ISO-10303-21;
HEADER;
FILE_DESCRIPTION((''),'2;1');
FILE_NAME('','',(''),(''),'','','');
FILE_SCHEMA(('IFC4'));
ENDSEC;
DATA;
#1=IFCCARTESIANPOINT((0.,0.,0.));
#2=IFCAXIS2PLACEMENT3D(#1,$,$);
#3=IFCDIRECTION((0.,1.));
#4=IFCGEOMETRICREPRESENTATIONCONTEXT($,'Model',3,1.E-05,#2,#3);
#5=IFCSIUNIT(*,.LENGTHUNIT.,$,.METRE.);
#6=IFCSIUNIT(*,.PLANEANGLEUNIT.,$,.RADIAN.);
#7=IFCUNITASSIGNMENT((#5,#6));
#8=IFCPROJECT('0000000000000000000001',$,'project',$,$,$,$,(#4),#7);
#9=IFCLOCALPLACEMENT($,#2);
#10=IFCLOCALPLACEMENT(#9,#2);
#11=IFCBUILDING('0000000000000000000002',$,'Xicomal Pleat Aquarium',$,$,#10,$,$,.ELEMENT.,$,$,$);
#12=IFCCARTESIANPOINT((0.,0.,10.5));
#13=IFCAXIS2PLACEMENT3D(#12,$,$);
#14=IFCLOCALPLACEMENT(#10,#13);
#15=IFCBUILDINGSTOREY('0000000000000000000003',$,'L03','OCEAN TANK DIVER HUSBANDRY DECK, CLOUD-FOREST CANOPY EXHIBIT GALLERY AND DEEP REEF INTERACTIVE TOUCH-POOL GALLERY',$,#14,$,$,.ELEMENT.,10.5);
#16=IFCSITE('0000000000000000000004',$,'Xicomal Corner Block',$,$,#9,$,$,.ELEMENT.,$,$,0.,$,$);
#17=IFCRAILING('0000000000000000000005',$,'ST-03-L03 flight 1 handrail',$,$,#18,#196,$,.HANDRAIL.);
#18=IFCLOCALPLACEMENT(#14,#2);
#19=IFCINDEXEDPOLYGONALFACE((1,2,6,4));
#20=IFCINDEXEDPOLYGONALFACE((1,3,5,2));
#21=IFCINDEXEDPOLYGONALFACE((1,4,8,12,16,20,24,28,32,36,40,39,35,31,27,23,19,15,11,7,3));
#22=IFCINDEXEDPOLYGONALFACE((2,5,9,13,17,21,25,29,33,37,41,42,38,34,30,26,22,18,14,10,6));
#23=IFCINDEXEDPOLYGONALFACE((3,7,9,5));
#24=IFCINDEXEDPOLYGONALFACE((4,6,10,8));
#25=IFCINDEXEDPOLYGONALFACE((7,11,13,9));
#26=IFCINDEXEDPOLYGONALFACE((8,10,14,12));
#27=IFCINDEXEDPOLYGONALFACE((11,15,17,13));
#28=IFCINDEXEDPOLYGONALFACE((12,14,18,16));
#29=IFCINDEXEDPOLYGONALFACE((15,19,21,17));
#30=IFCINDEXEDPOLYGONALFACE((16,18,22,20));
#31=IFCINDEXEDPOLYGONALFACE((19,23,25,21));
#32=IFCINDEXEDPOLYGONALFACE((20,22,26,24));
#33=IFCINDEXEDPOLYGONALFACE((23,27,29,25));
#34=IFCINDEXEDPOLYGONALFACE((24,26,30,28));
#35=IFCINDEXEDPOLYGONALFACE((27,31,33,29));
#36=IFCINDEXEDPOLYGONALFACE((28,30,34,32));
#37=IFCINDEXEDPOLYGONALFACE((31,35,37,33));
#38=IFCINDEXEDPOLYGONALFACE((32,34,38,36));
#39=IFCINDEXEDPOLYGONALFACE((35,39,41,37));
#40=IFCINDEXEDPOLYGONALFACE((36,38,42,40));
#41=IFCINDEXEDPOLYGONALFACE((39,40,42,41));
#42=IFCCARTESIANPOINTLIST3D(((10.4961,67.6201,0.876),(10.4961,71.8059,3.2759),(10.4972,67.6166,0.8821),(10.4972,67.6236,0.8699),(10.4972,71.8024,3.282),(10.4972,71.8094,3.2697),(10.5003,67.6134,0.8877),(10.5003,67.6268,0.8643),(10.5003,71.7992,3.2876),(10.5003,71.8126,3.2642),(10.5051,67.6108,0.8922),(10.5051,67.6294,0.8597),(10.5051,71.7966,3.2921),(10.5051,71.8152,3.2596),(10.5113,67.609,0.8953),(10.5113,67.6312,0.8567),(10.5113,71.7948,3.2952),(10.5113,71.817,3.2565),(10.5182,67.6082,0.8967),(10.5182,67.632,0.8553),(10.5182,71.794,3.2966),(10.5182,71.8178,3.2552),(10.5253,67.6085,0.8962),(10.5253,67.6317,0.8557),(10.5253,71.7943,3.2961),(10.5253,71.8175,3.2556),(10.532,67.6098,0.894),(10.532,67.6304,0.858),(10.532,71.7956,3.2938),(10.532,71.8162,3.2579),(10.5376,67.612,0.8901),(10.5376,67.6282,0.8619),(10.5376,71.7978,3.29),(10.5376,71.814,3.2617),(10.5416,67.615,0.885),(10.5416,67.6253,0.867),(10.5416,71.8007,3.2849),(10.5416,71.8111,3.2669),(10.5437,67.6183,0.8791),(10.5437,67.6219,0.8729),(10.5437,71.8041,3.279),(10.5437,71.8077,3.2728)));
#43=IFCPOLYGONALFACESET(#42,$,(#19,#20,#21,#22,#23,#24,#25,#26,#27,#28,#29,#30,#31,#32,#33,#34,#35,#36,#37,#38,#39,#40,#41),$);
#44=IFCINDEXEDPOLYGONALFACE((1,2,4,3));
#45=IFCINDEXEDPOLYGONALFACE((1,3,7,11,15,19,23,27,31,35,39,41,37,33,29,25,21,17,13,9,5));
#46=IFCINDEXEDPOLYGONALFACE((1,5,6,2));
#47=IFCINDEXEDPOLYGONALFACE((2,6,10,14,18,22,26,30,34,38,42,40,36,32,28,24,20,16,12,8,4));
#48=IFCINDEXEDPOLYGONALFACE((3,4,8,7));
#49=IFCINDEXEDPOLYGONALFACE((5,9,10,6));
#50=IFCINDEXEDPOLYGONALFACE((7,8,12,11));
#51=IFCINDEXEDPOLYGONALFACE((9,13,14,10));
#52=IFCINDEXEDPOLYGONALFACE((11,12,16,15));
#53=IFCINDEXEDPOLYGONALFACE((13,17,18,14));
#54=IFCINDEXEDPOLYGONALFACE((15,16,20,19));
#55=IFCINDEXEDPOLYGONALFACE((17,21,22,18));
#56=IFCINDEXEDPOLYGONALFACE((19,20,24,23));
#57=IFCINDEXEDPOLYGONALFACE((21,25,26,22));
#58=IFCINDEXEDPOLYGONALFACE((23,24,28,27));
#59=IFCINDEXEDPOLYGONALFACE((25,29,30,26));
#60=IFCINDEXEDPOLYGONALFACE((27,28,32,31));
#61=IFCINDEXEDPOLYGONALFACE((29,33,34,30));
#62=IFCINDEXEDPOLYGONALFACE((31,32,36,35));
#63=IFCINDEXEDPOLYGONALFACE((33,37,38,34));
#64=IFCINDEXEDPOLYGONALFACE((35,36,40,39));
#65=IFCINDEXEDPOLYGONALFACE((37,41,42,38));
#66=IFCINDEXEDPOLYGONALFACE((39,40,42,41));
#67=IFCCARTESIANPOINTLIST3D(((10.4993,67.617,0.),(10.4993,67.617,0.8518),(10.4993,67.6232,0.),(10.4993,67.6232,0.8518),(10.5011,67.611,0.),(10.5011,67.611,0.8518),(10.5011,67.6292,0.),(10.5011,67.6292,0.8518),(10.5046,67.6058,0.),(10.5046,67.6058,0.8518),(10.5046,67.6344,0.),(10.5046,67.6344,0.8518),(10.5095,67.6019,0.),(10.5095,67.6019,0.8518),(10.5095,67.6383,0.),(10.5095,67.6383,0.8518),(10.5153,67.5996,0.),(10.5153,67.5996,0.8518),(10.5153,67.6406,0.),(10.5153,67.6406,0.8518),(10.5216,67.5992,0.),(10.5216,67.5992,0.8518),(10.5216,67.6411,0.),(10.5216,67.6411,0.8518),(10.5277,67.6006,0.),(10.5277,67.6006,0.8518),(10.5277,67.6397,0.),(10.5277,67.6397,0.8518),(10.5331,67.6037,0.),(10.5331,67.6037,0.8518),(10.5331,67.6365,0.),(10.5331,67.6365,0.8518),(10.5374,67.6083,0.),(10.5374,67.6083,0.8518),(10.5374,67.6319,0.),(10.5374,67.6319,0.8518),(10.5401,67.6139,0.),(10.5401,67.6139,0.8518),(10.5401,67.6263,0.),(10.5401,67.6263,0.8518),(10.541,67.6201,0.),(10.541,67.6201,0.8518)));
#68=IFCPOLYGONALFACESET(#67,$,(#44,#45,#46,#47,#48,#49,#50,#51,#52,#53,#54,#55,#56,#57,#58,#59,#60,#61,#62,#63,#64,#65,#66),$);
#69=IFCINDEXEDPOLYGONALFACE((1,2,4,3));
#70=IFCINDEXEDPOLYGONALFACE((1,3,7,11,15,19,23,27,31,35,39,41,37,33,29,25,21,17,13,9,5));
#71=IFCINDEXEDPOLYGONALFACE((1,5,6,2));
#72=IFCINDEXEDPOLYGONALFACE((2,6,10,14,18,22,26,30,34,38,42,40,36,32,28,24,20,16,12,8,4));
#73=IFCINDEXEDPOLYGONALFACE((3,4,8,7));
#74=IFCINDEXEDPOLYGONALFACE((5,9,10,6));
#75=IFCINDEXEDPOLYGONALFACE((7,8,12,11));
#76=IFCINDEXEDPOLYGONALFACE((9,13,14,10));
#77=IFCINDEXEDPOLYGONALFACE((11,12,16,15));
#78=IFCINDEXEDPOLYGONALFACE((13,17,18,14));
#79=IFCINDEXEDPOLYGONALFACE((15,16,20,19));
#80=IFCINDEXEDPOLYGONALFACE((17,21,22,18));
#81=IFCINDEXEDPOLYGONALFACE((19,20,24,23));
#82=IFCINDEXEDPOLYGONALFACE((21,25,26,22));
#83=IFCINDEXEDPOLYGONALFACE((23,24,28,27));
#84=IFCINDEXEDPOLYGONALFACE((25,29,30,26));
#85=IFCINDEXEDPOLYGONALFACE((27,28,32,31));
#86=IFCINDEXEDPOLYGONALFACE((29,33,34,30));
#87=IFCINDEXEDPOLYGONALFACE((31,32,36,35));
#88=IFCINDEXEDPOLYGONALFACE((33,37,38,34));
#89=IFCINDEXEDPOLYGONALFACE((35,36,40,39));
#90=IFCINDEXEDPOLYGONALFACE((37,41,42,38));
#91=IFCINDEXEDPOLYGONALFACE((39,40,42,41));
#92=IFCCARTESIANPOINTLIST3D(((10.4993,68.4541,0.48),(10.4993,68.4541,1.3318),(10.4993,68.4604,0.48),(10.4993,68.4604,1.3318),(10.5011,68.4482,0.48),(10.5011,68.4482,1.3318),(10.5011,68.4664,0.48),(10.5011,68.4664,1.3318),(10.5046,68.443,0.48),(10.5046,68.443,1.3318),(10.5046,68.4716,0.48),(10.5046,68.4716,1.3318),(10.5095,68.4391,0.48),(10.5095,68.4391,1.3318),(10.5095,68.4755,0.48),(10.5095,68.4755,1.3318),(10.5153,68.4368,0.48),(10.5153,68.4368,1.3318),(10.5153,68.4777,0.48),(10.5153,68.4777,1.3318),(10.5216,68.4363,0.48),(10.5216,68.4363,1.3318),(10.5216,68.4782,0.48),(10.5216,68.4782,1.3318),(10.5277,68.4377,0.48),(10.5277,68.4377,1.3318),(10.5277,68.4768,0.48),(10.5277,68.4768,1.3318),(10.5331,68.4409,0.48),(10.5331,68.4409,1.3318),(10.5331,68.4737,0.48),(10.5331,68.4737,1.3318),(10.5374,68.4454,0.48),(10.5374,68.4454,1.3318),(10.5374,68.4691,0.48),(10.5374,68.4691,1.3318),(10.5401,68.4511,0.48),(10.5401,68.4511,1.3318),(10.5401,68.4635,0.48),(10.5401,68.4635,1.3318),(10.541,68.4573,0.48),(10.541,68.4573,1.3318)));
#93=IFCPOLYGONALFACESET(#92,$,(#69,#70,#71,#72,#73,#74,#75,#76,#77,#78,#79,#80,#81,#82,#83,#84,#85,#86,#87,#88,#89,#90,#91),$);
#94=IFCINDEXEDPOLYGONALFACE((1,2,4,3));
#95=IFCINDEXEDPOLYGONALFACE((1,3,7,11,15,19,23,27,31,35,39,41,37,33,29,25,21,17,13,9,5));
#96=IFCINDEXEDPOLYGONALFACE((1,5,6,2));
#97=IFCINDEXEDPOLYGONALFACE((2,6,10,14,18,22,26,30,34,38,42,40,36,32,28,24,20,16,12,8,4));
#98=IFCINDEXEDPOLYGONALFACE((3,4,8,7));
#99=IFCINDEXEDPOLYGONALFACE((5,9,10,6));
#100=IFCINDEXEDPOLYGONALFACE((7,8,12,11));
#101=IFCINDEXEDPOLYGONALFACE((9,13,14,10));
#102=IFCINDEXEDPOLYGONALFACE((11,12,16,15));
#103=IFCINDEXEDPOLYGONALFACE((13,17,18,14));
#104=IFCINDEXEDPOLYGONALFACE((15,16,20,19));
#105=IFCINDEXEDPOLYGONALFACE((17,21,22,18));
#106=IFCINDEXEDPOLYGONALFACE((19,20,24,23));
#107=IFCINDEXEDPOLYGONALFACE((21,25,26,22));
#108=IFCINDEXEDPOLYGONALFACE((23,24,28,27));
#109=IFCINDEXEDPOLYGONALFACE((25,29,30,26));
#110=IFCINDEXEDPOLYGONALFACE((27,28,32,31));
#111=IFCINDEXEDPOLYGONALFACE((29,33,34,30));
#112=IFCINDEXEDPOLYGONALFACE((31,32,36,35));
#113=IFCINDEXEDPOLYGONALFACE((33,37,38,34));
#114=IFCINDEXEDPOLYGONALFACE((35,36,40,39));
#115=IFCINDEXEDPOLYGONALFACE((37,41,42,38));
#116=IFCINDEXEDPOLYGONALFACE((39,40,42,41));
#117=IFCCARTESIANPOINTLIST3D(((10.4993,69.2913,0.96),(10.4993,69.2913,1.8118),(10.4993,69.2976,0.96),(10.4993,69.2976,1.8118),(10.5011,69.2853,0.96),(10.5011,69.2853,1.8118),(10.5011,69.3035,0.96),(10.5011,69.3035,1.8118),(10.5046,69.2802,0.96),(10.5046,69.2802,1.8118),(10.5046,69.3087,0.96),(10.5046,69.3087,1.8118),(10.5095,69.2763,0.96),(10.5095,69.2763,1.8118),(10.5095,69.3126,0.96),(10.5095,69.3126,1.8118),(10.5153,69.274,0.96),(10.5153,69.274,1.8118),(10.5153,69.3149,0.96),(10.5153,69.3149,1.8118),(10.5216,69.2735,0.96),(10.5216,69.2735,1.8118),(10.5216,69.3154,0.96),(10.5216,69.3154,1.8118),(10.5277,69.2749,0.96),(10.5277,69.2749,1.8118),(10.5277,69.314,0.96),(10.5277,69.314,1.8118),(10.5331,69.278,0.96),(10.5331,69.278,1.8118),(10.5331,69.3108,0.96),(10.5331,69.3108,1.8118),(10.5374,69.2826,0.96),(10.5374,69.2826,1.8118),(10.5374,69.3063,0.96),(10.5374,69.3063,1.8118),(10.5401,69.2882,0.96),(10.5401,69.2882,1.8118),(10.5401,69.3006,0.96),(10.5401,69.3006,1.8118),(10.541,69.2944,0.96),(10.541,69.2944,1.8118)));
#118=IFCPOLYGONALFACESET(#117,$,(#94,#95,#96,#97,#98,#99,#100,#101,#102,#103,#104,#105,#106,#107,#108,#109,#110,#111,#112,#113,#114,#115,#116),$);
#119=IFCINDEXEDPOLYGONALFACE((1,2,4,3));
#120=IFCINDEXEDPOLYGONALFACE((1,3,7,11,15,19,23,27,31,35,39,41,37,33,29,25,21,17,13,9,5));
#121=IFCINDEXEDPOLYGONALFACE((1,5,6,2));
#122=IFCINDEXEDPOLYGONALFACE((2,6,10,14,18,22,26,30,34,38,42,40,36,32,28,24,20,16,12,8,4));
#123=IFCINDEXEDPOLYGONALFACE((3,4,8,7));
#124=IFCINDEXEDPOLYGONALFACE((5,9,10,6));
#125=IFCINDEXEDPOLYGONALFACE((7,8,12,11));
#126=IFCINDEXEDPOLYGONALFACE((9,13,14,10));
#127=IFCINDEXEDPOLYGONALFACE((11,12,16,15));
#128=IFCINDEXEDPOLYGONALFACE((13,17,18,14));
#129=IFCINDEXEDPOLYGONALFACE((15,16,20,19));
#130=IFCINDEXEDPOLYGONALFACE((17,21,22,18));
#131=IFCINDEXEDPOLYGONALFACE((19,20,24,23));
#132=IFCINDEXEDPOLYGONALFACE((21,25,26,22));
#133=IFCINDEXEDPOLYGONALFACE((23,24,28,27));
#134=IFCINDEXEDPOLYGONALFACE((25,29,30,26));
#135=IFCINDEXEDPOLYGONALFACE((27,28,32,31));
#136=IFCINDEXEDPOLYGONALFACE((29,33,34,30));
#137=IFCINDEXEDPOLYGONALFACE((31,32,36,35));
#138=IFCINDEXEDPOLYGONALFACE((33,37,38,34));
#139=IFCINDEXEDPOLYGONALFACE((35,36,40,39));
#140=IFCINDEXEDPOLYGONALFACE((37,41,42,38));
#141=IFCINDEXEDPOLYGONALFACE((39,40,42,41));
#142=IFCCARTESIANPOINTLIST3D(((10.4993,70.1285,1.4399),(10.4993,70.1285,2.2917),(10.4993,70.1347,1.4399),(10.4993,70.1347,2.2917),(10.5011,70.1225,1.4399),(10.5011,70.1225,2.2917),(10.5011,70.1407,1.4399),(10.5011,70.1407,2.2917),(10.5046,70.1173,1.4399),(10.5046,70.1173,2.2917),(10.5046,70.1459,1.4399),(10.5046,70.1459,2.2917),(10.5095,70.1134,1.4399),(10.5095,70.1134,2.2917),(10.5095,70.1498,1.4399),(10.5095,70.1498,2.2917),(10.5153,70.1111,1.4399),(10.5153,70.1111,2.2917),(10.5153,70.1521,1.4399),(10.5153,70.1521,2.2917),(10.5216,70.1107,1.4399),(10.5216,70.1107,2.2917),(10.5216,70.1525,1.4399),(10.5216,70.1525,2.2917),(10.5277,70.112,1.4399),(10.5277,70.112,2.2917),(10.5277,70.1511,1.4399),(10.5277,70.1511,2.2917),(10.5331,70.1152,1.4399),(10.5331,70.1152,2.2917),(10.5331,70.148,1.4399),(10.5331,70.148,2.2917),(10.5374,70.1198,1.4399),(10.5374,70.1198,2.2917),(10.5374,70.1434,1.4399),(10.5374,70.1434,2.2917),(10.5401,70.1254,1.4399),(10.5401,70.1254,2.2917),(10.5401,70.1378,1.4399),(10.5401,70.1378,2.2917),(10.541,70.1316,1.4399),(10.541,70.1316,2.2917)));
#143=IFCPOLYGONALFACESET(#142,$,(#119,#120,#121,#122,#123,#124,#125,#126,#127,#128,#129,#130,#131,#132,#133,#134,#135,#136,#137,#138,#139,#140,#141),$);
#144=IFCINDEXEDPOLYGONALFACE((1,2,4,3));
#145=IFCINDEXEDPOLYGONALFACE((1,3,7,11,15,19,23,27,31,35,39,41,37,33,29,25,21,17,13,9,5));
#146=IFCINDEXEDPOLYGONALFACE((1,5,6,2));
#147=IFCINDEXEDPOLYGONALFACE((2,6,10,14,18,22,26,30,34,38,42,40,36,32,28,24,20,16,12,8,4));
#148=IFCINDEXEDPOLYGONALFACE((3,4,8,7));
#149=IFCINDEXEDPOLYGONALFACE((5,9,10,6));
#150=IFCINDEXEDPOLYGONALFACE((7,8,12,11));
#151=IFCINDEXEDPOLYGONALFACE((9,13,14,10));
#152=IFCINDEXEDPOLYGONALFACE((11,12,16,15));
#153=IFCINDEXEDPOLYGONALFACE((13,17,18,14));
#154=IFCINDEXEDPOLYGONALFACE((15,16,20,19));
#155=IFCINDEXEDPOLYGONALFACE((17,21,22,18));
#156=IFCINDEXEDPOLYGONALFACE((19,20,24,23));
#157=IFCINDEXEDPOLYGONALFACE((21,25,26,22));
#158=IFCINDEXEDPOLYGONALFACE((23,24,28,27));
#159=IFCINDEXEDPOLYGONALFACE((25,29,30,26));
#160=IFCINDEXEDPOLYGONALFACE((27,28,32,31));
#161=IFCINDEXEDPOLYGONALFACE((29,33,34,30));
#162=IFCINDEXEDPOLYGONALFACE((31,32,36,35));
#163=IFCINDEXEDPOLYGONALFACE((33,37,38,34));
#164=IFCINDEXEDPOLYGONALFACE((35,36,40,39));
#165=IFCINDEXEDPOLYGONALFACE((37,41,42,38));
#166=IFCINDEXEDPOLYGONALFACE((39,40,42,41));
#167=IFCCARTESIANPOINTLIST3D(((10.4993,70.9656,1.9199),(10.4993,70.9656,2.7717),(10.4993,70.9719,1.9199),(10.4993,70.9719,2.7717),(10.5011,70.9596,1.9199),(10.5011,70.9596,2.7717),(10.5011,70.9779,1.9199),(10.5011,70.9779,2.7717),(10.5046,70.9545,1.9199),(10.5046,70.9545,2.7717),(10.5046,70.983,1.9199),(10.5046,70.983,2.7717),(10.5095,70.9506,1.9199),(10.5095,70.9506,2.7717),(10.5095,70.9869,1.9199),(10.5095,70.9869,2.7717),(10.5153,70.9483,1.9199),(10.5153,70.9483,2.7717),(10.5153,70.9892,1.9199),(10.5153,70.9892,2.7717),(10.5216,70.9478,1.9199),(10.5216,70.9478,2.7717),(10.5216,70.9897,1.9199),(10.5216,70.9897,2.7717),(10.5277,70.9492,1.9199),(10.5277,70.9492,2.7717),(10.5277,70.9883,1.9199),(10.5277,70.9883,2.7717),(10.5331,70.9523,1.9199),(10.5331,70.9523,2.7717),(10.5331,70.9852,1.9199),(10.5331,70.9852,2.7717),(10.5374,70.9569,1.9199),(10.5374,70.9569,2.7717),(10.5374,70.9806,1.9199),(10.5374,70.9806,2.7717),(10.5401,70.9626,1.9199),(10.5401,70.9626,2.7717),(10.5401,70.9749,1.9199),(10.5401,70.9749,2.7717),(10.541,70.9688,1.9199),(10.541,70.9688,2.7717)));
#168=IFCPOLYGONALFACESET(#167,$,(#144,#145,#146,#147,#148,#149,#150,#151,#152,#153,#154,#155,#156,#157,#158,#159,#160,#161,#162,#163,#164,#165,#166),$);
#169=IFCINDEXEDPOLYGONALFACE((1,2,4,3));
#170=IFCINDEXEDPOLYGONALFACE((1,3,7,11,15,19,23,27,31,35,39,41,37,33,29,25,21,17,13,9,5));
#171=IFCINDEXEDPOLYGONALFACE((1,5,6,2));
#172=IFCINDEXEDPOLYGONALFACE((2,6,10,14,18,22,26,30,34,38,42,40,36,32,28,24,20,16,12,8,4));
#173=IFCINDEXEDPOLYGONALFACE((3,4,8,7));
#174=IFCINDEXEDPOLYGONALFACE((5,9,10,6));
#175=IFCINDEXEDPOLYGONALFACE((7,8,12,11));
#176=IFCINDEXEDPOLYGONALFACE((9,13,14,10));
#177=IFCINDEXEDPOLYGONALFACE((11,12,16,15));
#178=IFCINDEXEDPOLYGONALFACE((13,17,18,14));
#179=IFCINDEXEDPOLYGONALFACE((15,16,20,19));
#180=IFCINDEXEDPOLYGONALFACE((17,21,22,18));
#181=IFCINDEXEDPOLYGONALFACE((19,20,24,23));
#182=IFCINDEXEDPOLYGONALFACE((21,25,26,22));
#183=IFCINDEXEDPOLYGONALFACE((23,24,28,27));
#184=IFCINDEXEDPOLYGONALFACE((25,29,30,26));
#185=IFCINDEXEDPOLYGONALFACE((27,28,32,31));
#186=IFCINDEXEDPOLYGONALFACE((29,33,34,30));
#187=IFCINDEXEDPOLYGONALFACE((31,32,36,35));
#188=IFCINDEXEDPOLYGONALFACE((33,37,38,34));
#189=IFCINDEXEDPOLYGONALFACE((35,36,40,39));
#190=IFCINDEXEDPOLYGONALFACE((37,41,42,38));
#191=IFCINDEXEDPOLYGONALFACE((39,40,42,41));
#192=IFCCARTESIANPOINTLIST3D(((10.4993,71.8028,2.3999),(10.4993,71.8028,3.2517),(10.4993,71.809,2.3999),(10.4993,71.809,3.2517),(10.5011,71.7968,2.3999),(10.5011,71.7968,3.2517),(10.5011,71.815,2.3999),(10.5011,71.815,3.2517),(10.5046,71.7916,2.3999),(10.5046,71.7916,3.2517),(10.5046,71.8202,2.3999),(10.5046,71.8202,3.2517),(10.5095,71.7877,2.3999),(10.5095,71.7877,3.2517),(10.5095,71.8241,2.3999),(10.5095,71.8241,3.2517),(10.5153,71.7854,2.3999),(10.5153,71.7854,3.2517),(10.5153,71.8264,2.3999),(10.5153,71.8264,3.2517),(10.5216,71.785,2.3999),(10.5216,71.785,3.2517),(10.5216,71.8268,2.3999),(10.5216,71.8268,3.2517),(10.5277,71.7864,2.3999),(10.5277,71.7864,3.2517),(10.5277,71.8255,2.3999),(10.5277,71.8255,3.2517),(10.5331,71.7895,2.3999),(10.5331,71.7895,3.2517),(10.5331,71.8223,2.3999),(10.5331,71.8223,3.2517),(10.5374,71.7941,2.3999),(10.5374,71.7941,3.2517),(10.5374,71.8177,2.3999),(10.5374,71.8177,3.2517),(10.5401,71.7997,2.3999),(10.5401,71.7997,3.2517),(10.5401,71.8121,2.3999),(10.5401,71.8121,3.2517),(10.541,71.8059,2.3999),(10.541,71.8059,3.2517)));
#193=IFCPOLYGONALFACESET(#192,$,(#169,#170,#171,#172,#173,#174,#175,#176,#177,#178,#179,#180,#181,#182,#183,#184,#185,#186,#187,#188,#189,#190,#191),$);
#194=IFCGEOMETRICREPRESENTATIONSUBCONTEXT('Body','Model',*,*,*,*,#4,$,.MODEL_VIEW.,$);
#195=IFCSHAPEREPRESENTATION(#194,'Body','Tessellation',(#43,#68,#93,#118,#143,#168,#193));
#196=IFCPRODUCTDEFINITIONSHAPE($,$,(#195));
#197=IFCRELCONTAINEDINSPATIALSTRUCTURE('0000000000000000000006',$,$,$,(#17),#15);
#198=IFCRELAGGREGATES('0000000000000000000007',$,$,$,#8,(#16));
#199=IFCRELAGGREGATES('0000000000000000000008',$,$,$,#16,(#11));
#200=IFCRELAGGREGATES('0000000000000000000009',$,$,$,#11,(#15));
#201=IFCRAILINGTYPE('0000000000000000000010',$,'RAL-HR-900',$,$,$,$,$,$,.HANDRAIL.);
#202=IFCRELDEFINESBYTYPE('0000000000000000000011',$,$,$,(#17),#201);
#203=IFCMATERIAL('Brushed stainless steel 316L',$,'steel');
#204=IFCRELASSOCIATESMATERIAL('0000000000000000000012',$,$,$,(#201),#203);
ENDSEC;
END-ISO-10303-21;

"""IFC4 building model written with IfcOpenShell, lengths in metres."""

from ifc_helpers import new_model, si_unit, direction, frame, origin, origin_2d, place, context, subcontext, project, spatial, circle, extrude, material, type_object, element, save


model = new_model("IFC4")

# Units and contexts
model_context = context("Model", 3, precision=1e-05, world=origin(), true_north=direction((0.0, 1.0)))
body_context = subcontext(model_context, "Body", "Model", "MODEL_VIEW")
ifc_project = project(units=[si_unit("LENGTHUNIT", "METRE"), si_unit("PLANEANGLEUNIT", "RADIAN")], contexts=[model_context])

# Site, building, storey
site_placement = place(None, origin())
site = spatial("IfcSite", under=ifc_project, at=site_placement, Name="Xicomal Corner Block", CompositionType="ELEMENT", RefElevation=0.0)
building_placement = place(site_placement, origin())
building = spatial("IfcBuilding", under=site, at=building_placement, Name="Xicomal Pleat Aquarium", CompositionType="ELEMENT")
storey_placement = place(building_placement, frame((0.0, 0.0, 10.5)))
storey = spatial("IfcBuildingStorey", under=building, at=storey_placement, Name="L03", Description="OCEAN TANK DIVER HUSBANDRY DECK, CLOUD-FOREST CANOPY EXHIBIT GALLERY AND DEEP REEF INTERACTIVE TOUCH-POOL GALLERY", CompositionType="ELEMENT", Elevation=10.5)

# Railing
ifc_material_1 = material(Name="Brushed stainless steel 316L", Category="steel")
railing_type_1 = type_object("IfcRailingType", Name="RAL-HR-900", PredefinedType="HANDRAIL", material=ifc_material_1)
railing_1_placement = place(storey_placement, frame((10.52, 67.6201, 0.0)))
element("IfcRailing", 1, at=railing_1_placement, inside=storey, type_object=railing_type_1, Name="ST-03-L03 flight 1 handrail", PredefinedType="HANDRAIL", context=body_context, shape_type="SweptSolid", body=[
    extrude(circle(Radius=0.0239, at=origin_2d()), frame((0.0, 0.0, 0.876), z_axis=(0.0, 0.867526, 0.497392), x_axis=(-1.0, 0.0, 0.0)), (0.0, 0.0, 1.0), 4.825),
    extrude(circle(Radius=0.021, at=origin_2d()), origin(), (0.0, 0.0, 1.0), 0.8518),
    extrude(circle(Radius=0.021, at=origin_2d()), frame((0.0, 0.8372, 0.48)), (0.0, 0.0, 1.0), 0.8518),
    extrude(circle(Radius=0.021, at=origin_2d()), frame((0.0, 1.6743, 0.96)), (0.0, 0.0, 1.0), 0.8518),
    extrude(circle(Radius=0.021, at=origin_2d()), frame((0.0, 2.5115, 1.4399)), (0.0, 0.0, 1.0), 0.8518),
    extrude(circle(Radius=0.021, at=origin_2d()), frame((0.0, 3.3486, 1.9199)), (0.0, 0.0, 1.0), 0.8518),
    extrude(circle(Radius=0.021, at=origin_2d()), frame((0.0, 4.1858, 2.3999)), (0.0, 0.0, 1.0), 0.8518),
])

save(model, "model.ifc")
